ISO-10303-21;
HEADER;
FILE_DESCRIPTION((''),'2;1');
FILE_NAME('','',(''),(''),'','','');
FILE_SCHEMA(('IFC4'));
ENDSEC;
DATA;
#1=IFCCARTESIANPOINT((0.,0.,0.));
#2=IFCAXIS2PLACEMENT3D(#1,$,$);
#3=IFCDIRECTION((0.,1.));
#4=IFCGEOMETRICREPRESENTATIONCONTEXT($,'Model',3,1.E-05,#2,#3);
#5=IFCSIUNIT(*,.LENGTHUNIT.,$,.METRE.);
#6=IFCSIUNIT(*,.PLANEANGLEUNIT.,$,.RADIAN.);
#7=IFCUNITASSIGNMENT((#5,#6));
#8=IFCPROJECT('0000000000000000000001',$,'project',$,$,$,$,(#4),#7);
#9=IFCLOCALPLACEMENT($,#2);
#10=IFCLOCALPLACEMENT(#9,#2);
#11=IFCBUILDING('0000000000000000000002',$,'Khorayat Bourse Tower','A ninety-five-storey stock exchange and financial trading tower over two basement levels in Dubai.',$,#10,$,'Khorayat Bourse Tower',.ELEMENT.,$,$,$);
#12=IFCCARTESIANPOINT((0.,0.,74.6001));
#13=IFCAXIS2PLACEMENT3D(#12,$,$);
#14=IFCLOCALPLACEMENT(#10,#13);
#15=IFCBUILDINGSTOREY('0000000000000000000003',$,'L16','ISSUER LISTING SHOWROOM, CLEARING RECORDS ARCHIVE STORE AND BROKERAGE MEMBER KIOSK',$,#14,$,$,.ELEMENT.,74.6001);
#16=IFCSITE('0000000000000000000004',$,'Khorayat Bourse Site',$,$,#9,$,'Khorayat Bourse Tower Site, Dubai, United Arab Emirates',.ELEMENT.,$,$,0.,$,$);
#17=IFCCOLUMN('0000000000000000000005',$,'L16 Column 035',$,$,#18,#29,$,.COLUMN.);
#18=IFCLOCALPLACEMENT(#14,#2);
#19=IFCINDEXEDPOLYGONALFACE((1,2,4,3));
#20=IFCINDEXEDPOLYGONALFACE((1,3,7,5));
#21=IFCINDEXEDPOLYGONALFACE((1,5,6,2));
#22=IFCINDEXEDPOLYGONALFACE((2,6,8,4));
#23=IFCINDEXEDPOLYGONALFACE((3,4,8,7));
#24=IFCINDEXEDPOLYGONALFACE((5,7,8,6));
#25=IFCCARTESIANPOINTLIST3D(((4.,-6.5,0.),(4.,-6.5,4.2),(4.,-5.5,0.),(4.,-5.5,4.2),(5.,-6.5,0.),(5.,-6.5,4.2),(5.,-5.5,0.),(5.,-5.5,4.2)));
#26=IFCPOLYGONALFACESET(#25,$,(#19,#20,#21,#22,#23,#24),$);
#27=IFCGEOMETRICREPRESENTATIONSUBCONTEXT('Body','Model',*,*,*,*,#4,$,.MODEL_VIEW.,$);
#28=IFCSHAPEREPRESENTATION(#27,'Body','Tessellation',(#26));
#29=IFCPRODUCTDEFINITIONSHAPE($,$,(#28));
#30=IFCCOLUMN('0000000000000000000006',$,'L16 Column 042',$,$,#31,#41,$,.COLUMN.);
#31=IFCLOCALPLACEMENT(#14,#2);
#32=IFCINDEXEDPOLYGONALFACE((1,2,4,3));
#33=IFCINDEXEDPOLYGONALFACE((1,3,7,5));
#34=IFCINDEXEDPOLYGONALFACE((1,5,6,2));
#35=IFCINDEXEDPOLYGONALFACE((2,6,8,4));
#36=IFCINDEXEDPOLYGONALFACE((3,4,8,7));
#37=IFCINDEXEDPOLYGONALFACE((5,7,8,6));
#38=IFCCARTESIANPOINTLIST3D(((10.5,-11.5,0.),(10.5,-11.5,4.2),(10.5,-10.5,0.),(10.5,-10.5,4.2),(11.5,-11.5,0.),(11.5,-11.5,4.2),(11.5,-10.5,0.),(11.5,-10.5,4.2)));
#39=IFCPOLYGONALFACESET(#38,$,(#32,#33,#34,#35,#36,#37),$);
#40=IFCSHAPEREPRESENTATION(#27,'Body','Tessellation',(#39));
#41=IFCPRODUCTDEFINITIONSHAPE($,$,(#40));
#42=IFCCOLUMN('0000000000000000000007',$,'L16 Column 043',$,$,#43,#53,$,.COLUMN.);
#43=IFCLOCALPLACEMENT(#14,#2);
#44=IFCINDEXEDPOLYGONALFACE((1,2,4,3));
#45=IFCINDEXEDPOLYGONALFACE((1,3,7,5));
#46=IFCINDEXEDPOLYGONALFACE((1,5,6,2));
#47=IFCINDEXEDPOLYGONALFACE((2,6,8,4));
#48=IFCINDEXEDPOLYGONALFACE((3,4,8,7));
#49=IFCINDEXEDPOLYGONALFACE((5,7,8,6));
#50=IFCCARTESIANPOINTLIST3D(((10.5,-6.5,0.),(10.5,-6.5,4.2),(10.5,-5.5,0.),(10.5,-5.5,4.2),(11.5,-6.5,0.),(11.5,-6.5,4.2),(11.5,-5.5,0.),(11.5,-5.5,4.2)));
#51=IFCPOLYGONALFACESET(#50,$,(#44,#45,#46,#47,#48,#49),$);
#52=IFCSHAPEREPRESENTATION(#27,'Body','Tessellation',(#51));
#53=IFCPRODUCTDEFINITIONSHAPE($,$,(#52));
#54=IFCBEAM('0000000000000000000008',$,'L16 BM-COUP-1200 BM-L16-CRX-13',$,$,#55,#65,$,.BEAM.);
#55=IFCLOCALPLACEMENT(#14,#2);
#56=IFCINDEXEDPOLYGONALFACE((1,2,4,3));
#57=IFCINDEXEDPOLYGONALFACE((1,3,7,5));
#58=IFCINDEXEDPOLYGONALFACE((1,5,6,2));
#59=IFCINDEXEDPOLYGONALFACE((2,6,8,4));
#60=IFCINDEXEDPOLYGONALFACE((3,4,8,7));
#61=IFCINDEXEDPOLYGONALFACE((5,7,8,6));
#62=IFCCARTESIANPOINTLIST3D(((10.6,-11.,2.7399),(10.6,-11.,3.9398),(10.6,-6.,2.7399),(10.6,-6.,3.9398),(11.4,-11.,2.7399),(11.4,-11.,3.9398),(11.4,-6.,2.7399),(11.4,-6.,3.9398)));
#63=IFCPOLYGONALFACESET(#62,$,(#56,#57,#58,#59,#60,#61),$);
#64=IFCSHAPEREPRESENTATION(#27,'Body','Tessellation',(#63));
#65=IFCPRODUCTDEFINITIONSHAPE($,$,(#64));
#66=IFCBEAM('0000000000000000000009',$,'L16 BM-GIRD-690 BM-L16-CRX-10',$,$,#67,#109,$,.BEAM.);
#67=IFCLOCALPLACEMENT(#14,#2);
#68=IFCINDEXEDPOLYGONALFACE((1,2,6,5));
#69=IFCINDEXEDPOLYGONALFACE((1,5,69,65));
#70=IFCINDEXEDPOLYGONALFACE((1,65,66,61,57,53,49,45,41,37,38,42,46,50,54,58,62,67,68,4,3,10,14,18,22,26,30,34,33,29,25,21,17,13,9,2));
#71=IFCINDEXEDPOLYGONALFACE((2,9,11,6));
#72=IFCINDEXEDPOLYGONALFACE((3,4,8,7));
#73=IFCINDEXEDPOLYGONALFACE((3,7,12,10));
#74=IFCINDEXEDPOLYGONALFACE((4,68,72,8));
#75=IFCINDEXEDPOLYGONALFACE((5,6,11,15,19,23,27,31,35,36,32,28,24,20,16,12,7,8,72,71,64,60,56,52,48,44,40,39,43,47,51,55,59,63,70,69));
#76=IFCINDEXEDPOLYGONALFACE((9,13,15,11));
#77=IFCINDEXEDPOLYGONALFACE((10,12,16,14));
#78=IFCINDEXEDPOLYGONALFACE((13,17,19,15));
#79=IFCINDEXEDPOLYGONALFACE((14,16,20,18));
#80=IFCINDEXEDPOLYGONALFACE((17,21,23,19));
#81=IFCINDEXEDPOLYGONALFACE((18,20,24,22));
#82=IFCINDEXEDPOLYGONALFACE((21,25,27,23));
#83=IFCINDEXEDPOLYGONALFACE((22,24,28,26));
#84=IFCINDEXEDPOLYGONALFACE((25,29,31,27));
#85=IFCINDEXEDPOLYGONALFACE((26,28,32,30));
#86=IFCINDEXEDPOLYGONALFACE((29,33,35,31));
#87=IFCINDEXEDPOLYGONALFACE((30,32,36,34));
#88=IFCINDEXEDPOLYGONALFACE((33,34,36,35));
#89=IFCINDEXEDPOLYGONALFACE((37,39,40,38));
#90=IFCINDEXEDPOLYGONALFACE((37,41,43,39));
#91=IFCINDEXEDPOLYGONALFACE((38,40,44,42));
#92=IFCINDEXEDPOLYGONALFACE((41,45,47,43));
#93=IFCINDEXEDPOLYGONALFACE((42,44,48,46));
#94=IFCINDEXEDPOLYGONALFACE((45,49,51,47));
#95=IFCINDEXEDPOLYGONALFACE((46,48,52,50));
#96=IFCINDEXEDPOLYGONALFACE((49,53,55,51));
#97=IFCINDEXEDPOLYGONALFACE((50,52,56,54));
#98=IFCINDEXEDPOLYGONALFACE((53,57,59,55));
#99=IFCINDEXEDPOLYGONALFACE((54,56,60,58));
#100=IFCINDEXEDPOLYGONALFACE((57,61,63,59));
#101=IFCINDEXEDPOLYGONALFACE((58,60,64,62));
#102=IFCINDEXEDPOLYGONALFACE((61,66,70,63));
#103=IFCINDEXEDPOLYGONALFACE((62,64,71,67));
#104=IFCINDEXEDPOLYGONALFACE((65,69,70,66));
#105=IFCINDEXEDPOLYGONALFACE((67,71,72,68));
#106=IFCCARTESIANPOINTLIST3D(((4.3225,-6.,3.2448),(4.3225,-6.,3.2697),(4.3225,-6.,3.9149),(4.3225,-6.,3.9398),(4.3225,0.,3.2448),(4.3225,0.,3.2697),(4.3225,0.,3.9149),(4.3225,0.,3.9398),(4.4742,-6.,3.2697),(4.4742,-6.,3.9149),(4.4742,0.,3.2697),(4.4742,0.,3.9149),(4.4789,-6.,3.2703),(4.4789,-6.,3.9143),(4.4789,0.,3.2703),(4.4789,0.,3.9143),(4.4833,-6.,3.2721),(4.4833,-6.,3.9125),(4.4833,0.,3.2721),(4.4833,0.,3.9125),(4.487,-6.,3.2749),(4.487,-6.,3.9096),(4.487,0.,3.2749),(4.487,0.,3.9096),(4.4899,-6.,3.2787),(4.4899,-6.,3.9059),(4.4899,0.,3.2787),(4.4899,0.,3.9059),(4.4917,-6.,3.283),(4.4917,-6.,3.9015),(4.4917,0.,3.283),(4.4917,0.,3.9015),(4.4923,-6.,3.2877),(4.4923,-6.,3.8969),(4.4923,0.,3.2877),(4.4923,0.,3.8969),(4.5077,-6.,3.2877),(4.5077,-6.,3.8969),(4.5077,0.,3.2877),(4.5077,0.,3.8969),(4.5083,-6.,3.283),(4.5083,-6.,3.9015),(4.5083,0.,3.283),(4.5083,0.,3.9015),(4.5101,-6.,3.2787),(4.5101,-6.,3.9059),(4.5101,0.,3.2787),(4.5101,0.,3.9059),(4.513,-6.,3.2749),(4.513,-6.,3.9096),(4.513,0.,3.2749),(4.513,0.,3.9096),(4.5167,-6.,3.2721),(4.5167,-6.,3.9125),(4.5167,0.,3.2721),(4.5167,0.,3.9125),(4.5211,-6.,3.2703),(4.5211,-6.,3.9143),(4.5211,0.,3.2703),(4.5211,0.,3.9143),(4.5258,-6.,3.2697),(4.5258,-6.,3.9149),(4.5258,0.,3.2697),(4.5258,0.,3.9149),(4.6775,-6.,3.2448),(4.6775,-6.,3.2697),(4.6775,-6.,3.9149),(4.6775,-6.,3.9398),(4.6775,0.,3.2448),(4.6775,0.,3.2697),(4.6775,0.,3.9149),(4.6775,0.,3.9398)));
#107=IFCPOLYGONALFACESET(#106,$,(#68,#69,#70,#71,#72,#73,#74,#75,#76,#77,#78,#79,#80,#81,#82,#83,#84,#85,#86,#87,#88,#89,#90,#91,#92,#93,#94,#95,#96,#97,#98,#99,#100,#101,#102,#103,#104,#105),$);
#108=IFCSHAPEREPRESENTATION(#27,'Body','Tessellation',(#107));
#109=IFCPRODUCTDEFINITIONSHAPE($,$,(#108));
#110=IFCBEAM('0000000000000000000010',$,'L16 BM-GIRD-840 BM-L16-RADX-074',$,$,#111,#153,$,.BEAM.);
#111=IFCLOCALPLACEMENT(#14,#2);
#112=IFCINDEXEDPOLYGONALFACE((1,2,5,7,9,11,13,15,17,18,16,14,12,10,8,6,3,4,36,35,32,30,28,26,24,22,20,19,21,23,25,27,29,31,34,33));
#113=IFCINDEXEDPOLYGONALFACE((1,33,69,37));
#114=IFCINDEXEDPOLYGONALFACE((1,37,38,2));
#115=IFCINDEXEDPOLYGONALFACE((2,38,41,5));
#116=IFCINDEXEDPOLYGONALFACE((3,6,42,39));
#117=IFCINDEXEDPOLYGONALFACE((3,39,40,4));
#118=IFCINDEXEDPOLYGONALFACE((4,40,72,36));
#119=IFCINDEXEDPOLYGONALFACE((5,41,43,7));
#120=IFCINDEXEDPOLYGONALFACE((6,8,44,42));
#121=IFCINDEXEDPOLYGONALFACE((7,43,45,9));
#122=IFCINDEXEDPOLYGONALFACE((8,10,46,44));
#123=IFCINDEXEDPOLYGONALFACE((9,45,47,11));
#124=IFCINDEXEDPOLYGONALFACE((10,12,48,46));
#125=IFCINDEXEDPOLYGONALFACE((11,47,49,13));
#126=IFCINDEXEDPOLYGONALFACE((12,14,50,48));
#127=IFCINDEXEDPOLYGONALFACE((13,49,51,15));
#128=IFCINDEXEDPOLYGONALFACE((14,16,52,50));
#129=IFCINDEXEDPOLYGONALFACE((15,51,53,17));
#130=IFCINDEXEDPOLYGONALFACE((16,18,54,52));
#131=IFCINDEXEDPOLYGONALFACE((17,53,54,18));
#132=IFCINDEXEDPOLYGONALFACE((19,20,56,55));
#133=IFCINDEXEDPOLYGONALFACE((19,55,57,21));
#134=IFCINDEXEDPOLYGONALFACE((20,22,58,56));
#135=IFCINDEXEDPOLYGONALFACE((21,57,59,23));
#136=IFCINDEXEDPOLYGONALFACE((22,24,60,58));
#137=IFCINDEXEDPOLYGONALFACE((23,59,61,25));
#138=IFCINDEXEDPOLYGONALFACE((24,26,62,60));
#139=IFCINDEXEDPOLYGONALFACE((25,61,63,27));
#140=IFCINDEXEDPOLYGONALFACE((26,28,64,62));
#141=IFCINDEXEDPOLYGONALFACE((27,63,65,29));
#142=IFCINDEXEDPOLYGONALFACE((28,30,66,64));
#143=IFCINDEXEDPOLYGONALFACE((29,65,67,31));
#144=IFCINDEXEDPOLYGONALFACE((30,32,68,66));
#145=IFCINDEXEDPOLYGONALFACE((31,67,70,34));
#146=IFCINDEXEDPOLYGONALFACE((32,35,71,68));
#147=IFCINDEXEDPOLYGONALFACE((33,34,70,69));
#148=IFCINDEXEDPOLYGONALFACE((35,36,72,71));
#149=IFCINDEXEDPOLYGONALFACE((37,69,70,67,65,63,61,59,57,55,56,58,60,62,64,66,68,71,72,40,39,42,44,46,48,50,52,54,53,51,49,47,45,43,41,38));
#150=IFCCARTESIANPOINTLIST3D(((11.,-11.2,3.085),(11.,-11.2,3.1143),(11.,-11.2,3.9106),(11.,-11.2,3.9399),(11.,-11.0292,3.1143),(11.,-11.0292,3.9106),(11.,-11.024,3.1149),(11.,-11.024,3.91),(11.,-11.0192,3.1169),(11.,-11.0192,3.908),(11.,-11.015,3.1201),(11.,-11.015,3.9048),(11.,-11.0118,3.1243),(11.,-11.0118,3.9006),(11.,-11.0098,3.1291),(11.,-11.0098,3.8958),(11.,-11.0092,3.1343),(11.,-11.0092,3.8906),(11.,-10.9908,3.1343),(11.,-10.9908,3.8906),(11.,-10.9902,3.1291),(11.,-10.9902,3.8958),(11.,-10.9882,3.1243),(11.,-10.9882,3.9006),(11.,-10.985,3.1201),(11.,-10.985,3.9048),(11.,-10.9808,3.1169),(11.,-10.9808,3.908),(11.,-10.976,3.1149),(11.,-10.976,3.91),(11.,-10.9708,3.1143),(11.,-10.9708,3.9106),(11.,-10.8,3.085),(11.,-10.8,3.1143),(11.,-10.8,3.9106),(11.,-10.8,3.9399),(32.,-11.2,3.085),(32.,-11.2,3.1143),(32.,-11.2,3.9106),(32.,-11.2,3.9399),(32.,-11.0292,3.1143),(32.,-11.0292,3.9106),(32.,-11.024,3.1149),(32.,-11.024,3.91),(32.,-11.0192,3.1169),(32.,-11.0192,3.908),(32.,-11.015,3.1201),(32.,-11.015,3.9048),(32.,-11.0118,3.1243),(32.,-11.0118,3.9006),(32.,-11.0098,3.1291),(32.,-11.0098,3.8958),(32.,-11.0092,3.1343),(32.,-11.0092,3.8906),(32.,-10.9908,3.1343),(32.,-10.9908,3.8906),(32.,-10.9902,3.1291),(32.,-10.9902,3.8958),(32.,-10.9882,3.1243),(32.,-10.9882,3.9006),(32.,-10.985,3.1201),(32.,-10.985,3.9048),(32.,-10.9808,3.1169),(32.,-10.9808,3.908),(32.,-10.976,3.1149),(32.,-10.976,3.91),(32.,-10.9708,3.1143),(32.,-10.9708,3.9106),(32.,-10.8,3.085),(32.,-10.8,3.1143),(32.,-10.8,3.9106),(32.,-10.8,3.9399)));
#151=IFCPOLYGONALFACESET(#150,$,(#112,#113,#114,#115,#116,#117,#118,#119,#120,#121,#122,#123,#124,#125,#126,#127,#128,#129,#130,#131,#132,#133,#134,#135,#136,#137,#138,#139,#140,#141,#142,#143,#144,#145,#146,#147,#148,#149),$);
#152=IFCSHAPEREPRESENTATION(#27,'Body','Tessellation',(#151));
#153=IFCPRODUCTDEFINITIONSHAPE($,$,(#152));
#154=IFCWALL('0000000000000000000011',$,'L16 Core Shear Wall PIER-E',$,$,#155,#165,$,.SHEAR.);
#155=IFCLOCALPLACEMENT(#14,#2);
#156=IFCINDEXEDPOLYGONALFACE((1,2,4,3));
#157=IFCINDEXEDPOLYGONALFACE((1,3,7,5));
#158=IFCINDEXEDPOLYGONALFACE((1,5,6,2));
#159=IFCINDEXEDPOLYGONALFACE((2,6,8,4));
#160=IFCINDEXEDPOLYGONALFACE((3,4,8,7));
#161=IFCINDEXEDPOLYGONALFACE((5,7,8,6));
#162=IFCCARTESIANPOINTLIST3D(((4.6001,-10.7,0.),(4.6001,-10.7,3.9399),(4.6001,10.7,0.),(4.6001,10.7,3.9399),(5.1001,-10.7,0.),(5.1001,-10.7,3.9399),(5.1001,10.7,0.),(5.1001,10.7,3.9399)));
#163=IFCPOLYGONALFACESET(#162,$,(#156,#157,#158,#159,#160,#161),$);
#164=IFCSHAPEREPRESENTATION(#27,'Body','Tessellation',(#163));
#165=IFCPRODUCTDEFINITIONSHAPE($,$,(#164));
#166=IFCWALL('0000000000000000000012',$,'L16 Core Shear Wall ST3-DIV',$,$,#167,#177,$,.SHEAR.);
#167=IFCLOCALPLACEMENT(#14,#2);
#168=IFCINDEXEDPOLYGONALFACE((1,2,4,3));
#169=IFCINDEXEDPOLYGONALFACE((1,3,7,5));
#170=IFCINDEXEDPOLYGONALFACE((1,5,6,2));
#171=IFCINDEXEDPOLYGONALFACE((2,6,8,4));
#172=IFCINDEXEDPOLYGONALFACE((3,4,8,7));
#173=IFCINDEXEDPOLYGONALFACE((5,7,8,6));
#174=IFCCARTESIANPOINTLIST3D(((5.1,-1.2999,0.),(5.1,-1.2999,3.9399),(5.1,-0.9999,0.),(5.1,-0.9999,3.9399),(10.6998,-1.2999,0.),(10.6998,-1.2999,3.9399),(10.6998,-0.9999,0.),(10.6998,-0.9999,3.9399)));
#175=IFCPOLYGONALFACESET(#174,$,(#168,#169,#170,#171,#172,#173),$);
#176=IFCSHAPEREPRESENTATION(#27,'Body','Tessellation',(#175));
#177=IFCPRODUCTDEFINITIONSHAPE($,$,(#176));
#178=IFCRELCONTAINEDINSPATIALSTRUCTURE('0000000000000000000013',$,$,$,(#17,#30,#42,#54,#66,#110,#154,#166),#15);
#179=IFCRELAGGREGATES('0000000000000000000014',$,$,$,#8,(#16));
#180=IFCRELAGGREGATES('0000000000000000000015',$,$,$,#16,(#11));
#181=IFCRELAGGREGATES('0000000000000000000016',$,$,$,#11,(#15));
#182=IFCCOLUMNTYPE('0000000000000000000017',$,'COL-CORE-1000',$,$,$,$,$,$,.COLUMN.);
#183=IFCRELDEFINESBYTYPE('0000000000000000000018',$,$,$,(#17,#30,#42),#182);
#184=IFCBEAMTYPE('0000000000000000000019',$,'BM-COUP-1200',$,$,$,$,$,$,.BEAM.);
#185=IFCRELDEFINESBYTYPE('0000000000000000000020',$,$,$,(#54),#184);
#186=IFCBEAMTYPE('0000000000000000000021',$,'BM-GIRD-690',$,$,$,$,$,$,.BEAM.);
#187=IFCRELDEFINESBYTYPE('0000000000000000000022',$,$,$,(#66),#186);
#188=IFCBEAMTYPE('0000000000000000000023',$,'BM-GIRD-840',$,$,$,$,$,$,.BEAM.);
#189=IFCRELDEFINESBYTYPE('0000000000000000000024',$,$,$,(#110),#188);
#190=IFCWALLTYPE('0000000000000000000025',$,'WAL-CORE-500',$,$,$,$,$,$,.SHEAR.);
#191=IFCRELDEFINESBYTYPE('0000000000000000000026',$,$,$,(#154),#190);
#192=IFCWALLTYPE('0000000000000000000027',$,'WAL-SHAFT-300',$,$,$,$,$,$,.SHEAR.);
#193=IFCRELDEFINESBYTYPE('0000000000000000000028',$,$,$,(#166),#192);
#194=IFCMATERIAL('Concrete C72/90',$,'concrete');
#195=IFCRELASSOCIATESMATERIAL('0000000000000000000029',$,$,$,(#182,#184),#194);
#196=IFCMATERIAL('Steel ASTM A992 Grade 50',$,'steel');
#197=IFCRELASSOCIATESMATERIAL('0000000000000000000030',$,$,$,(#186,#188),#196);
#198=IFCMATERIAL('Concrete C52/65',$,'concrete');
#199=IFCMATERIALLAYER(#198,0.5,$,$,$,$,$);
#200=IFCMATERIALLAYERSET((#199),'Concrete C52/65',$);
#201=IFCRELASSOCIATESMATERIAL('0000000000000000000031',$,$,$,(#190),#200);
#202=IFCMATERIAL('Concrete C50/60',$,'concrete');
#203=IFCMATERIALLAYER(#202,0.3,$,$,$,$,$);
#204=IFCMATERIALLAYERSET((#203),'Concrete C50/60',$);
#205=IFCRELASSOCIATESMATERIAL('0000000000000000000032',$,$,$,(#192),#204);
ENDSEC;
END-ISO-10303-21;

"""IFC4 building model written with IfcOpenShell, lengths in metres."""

from ifc_helpers import new_model, si_unit, direction, frame, frame_2d, origin, origin_2d, place, context, subcontext, project, spatial, rectangle, i_section, extrude, source, transform, mapped, material, layer, layer_set, material_profile, profile_set, type_object, element, save


model = new_model("IFC4")

# Units and contexts
model_context = context("Model", 3, precision=1e-05, world=origin(), true_north=direction((0.0, 1.0)))
body_context = subcontext(model_context, "Body", "Model", "MODEL_VIEW")
ifc_project = project(units=[si_unit("LENGTHUNIT", "METRE"), si_unit("PLANEANGLEUNIT", "RADIAN")], contexts=[model_context])

# Site, building, storey
site_placement = place(None, origin())
site = spatial("IfcSite", under=ifc_project, at=site_placement, Name="Khorayat Bourse Site", LongName="Khorayat Bourse Tower Site, Dubai, United Arab Emirates", CompositionType="ELEMENT", RefElevation=0.0)
building_placement = place(site_placement, origin())
building = spatial("IfcBuilding", under=site, at=building_placement, Name="Khorayat Bourse Tower", Description="A ninety-five-storey stock exchange and financial trading tower over two basement levels in Dubai.", LongName="Khorayat Bourse Tower", CompositionType="ELEMENT")
storey_placement = place(building_placement, frame((0.0, 0.0, 74.6001)))
storey = spatial("IfcBuildingStorey", under=building, at=storey_placement, Name="L16", Description="ISSUER LISTING SHOWROOM, CLEARING RECORDS ARCHIVE STORE AND BROKERAGE MEMBER KIOSK", CompositionType="ELEMENT", Elevation=74.6001)

# Columns
ifc_material_1 = material(Name="Concrete C72/90", Category="concrete")
ifc_material_profile_1 = material_profile(ifc_material_1, rectangle(XDim=1.0, YDim=1.0, at=origin_2d()), Name="RC 1000x1000")
ifc_profile_set_1 = profile_set([ifc_material_profile_1], Name="Concrete C72/90")
column_type = type_object("IfcColumnType", Name="COL-CORE-1000", PredefinedType="COLUMN", material=ifc_profile_set_1)
shared_shape_1 = source(origin(), body_context, "Body", "SweptSolid", [
    extrude(rectangle(XDim=1.0, YDim=1.0, at=origin_2d()), origin(), (0.0, 0.0, 1.0), 4.2),
])
for number, where, z_axis, x_axis, name in (
    (1, (4.5, -6.0, 0.0), (0.0, 0.0, 1.0), (1.0, 0.0, 0.0), "L16 Column 035"),
    (2, (11.0, -11.0, 0.0), (0.0, 0.0, 1.0), (1.0, 0.0, 0.0), "L16 Column 042"),
    (3, (11.0, -6.0, 0.0), (0.0, 0.0, 1.0), (1.0, 0.0, 0.0), "L16 Column 043"),
):
    element("IfcColumn", number, at=place(storey_placement, frame(where, z_axis=z_axis, x_axis=x_axis)), inside=storey, type_object=column_type, Name=name, PredefinedType="COLUMN", context=body_context, shape_type="MappedRepresentation", body=[
        mapped(shared_shape_1, transform((0.0, 0.0, 0.0), scale=1.0)),
    ])

# Beams
ifc_material_profile_2 = material_profile(ifc_material_1, rectangle(XDim=0.8, YDim=1.2, at=origin_2d()), Name="RC 800x1200")
ifc_profile_set_2 = profile_set([ifc_material_profile_2], Name="Concrete C72/90")
beam_type_1 = type_object("IfcBeamType", Name="BM-COUP-1200", PredefinedType="BEAM", material=ifc_profile_set_2)
shared_shape_2 = source(origin(), body_context, "Body", "SweptSolid", [
    extrude(rectangle(XDim=0.8, YDim=1.2, at=origin_2d()), origin(), (0.0, 0.0, 1.0), 5.0),
])
beam_1_placement = place(storey_placement, frame((11.0, -11.0, 3.3398), z_axis=(0.0, 1.0, 0.0), x_axis=(-1.0, 0.0, 0.0)))
element("IfcBeam", 4, at=beam_1_placement, inside=storey, type_object=beam_type_1, Name="L16 BM-COUP-1200 BM-L16-CRX-13", PredefinedType="BEAM", context=body_context, shape_type="MappedRepresentation", body=[
    mapped(shared_shape_2, transform((0.0, 0.0, 0.0), scale=1.0)),
])
ifc_material_2 = material(Name="Steel ASTM A992 Grade 50", Category="steel")
ifc_material_profile_3 = material_profile(ifc_material_2, i_section(OverallWidth=0.355, OverallDepth=0.6951, WebThickness=0.0154, FlangeThickness=0.0249, FilletRadius=0.0181, at=origin_2d()), Name="W690X217")
ifc_profile_set_3 = profile_set([ifc_material_profile_3], Name="Steel ASTM A992 Grade 50")
beam_type_2 = type_object("IfcBeamType", Name="BM-GIRD-690", PredefinedType="BEAM", material=ifc_profile_set_3)
shared_shape_3 = source(origin(), body_context, "Body", "SweptSolid", [
    extrude(i_section(OverallWidth=0.355, OverallDepth=0.6951, WebThickness=0.0154, FlangeThickness=0.0249, FilletRadius=0.0181, at=origin_2d()), origin(), (0.0, 0.0, 1.0), 6.0),
])
beam_2_placement = place(storey_placement, frame((4.5, -6.0, 3.5923), z_axis=(0.0, 1.0, 0.0), x_axis=(-1.0, 0.0, 0.0)))
element("IfcBeam", 5, at=beam_2_placement, inside=storey, type_object=beam_type_2, Name="L16 BM-GIRD-690 BM-L16-CRX-10", PredefinedType="BEAM", context=body_context, shape_type="MappedRepresentation", body=[
    mapped(shared_shape_3, transform((0.0, 0.0, 0.0), scale=1.0)),
])
ifc_material_profile_4 = material_profile(ifc_material_2, i_section(OverallWidth=0.3999, OverallDepth=0.855, WebThickness=0.0183, FlangeThickness=0.0293, FilletRadius=0.02, at=origin_2d()), Name="W840X299")
ifc_profile_set_4 = profile_set([ifc_material_profile_4], Name="Steel ASTM A992 Grade 50")
beam_type_3 = type_object("IfcBeamType", Name="BM-GIRD-840", PredefinedType="BEAM", material=ifc_profile_set_4)
shared_shape_4 = source(origin(), body_context, "Body", "SweptSolid", [
    extrude(i_section(OverallWidth=0.3999, OverallDepth=0.855, WebThickness=0.0183, FlangeThickness=0.0293, FilletRadius=0.02, at=origin_2d()), origin(), (0.0, 0.0, 1.0), 21.0),
])
beam_3_placement = place(storey_placement, frame((11.0, -11.0, 3.5125), z_axis=(1.0, 0.0, 0.0), x_axis=(0.0, 1.0, 0.0)))
element("IfcBeam", 6, at=beam_3_placement, inside=storey, type_object=beam_type_3, Name="L16 BM-GIRD-840 BM-L16-RADX-074", PredefinedType="BEAM", context=body_context, shape_type="MappedRepresentation", body=[
    mapped(shared_shape_4, transform((0.0, 0.0, 0.0), scale=1.0)),
])

# Walls
ifc_material_3 = material(Name="Concrete C52/65", Category="concrete")
ifc_layer_1 = layer(ifc_material_3, 0.5)
ifc_layer_set_1 = layer_set([ifc_layer_1], Name="Concrete C52/65")
wall_type_1 = type_object("IfcWallType", Name="WAL-CORE-500", PredefinedType="SHEAR", material=ifc_layer_set_1)
shared_shape_5 = source(origin(), body_context, "Body", "SweptSolid", [
    extrude(rectangle(XDim=21.3999, YDim=0.5, at=frame_2d((10.7, 0.0))), origin(), (0.0, 0.0, 1.0), 3.9399),
])
wall_1_placement = place(storey_placement, frame((4.8501, -10.7, 0.0), z_axis=(0.0, 0.0, 1.0), x_axis=(0.0, 1.0, 0.0)))
element("IfcWall", 7, at=wall_1_placement, inside=storey, type_object=wall_type_1, Name="L16 Core Shear Wall PIER-E", PredefinedType="SHEAR", context=body_context, shape_type="MappedRepresentation", body=[
    mapped(shared_shape_5, transform((0.0, 0.0, 0.0), scale=1.0)),
])
ifc_material_4 = material(Name="Concrete C50/60", Category="concrete")
ifc_layer_2 = layer(ifc_material_4, 0.3)
ifc_layer_set_2 = layer_set([ifc_layer_2], Name="Concrete C50/60")
wall_type_2 = type_object("IfcWallType", Name="WAL-SHAFT-300", PredefinedType="SHEAR", material=ifc_layer_set_2)
shared_shape_6 = source(origin(), body_context, "Body", "SweptSolid", [
    extrude(rectangle(XDim=5.5999, YDim=0.3, at=frame_2d((2.7998, 0.0))), origin(), (0.0, 0.0, 1.0), 3.9399),
])
wall_2_placement = place(storey_placement, frame((5.1001, -1.1499, 0.0), z_axis=(0.0, 0.0, 1.0), x_axis=(1.0, 0.0, 0.0)))
element("IfcWall", 8, at=wall_2_placement, inside=storey, type_object=wall_type_2, Name="L16 Core Shear Wall ST3-DIV", PredefinedType="SHEAR", context=body_context, shape_type="MappedRepresentation", body=[
    mapped(shared_shape_6, transform((0.0, 0.0, 0.0), scale=1.0)),
])

save(model, "model.ifc")
